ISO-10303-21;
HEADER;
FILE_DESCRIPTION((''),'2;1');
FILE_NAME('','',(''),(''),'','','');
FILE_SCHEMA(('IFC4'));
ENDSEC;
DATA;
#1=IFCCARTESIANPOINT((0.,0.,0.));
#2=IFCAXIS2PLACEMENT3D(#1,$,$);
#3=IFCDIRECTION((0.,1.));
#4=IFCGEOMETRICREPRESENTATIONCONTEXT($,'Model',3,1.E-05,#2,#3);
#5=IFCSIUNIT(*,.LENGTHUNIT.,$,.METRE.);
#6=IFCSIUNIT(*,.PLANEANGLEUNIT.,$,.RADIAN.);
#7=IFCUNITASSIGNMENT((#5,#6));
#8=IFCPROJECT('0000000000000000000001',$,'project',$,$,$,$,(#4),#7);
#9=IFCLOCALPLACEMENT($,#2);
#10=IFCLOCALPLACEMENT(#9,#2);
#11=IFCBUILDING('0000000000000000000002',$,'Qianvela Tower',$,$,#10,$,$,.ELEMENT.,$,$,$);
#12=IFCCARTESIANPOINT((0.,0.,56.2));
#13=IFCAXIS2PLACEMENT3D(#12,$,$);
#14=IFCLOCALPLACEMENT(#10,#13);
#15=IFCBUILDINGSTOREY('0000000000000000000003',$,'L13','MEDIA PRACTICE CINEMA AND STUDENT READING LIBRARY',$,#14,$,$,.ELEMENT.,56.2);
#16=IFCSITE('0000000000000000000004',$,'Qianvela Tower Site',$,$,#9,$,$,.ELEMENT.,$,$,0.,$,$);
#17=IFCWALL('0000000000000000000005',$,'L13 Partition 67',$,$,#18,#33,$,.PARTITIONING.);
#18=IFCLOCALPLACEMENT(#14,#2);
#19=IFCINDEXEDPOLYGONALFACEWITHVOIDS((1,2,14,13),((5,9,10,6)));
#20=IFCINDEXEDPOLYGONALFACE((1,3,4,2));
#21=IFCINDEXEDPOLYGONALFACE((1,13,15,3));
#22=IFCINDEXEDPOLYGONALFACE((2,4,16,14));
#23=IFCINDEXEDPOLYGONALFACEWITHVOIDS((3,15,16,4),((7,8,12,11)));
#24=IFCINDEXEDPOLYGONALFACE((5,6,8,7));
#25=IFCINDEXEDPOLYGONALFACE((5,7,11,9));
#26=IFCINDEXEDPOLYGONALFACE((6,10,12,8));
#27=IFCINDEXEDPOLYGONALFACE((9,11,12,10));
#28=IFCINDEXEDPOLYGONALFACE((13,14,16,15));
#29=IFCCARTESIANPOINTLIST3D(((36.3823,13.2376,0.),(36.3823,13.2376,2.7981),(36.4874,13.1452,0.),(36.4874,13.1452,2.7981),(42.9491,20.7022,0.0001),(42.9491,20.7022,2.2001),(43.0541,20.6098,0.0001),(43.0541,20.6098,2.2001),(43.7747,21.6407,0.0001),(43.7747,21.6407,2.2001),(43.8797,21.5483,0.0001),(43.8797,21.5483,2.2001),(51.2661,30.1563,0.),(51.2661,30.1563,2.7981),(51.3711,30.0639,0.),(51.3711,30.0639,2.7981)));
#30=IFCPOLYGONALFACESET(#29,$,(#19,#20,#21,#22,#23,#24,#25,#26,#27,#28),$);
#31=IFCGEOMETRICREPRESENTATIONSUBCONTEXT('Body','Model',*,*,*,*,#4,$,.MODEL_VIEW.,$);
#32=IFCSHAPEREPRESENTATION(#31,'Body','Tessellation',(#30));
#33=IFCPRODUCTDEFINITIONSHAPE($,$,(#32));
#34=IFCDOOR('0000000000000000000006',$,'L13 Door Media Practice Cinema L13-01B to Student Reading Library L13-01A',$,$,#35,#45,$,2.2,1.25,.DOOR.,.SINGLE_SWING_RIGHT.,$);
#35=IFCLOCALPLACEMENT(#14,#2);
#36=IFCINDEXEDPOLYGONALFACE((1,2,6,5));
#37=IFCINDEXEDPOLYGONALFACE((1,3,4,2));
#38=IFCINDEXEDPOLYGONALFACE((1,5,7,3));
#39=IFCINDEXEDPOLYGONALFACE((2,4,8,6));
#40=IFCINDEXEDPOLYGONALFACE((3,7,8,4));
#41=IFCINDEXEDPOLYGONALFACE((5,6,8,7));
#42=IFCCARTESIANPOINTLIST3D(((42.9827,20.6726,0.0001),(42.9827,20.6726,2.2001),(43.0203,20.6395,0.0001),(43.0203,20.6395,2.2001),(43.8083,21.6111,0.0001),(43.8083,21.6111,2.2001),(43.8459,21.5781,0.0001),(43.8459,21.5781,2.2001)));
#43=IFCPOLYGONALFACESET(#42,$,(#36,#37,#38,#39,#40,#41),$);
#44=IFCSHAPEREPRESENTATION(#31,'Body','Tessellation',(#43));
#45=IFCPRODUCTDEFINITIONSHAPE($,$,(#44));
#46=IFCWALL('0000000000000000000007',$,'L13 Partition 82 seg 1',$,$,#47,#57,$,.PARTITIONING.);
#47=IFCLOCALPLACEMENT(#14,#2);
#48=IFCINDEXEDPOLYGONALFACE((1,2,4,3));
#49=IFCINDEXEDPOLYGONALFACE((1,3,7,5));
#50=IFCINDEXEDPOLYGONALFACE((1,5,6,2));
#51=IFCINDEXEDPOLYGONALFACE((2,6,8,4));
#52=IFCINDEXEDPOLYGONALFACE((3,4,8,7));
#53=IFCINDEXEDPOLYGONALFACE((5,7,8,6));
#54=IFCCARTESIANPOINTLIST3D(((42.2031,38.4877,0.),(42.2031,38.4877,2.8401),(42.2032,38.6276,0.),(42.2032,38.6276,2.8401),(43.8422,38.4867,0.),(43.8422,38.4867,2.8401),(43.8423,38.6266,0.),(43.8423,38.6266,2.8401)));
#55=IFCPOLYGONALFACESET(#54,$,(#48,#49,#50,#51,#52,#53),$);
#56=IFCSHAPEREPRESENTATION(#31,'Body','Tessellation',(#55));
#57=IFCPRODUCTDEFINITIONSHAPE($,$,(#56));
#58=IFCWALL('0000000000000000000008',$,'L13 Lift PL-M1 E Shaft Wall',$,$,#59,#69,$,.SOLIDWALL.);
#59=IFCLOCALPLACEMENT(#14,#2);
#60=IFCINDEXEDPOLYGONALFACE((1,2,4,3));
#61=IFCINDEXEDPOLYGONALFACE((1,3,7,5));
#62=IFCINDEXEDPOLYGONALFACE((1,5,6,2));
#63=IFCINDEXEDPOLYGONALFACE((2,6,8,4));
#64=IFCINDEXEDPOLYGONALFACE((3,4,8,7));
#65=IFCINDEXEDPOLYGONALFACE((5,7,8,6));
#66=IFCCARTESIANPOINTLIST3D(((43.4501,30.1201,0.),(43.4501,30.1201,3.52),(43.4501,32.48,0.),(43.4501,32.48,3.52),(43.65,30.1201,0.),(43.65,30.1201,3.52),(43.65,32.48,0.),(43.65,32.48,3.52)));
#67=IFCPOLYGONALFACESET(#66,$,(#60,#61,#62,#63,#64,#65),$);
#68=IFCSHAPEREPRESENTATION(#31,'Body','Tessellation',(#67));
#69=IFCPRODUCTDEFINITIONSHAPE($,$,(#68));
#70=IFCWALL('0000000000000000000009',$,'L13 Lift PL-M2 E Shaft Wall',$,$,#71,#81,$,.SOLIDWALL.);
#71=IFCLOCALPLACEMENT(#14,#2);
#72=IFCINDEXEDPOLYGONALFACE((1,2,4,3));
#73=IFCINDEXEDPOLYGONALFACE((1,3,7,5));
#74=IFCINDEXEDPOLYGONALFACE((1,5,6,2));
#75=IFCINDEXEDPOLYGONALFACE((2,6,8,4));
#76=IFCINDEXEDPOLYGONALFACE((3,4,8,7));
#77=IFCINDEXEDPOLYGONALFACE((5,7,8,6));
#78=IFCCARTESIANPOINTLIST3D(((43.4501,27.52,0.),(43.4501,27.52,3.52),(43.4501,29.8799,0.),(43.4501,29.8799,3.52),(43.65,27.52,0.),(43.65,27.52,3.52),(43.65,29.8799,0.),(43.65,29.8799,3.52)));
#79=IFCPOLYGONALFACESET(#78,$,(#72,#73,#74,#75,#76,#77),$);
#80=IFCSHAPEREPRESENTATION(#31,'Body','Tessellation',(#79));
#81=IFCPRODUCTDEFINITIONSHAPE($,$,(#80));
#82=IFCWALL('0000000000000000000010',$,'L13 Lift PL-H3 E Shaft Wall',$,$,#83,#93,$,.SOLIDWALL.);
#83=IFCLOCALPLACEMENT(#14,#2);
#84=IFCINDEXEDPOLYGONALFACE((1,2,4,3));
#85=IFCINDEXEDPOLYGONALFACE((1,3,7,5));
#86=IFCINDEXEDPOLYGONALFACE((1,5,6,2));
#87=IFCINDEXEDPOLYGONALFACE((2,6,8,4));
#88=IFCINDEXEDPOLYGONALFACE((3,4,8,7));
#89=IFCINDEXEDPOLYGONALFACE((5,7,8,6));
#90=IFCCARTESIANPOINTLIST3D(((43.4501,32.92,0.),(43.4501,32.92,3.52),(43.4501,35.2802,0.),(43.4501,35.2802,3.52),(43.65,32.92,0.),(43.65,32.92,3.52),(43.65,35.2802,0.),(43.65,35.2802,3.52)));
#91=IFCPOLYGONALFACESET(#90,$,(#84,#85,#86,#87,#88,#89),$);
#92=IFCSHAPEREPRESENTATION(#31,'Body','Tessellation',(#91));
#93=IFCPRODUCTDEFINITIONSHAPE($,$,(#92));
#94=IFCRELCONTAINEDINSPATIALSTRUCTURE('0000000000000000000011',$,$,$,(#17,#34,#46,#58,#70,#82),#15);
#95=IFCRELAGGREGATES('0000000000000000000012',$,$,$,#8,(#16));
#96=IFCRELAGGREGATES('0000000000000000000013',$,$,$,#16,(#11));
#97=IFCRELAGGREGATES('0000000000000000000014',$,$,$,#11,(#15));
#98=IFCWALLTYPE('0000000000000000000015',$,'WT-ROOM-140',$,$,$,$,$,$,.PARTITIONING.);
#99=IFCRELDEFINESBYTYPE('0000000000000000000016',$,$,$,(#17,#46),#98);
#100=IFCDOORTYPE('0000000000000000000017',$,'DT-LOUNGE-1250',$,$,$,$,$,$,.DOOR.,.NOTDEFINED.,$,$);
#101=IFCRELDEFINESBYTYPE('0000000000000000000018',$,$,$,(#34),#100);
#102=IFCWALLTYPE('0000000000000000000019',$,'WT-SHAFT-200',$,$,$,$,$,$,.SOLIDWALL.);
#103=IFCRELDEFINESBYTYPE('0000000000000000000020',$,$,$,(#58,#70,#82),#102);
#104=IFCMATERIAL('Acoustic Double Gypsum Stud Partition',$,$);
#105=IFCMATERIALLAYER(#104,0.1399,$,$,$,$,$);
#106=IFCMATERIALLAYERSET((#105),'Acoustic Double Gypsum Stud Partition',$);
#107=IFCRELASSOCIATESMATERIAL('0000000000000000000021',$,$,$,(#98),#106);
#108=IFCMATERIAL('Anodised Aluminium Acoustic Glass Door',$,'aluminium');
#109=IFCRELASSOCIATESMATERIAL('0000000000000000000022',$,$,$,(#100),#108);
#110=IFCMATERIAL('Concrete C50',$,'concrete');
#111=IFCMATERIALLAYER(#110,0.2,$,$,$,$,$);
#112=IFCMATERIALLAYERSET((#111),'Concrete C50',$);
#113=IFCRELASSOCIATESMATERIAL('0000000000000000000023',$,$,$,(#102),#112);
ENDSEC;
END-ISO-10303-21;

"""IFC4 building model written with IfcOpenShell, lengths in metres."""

from ifc_helpers import new_model, si_unit, direction, frame, frame_2d, origin, place, context, subcontext, project, spatial, rectangle, extrude, material, layer, layer_set, type_object, element, fill, save


model = new_model("IFC4")

# Units and contexts
model_context = context("Model", 3, precision=1e-05, world=origin(), true_north=direction((0.0, 1.0)))
body_context = subcontext(model_context, "Body", "Model", "MODEL_VIEW")
ifc_project = project(units=[si_unit("LENGTHUNIT", "METRE"), si_unit("PLANEANGLEUNIT", "RADIAN")], contexts=[model_context])

# Site, building, storey
site_placement = place(None, origin())
site = spatial("IfcSite", under=ifc_project, at=site_placement, Name="Qianvela Tower Site", CompositionType="ELEMENT", RefElevation=0.0)
building_placement = place(site_placement, origin())
building = spatial("IfcBuilding", under=site, at=building_placement, Name="Qianvela Tower", CompositionType="ELEMENT")
storey_placement = place(building_placement, frame((0.0, 0.0, 56.2)))
storey = spatial("IfcBuildingStorey", under=building, at=storey_placement, Name="L13", Description="MEDIA PRACTICE CINEMA AND STUDENT READING LIBRARY", CompositionType="ELEMENT", Elevation=56.2)

# Wall, opening, door
ifc_material_1 = material(Name="Acoustic Double Gypsum Stud Partition")
ifc_layer_1 = layer(ifc_material_1, 0.1399)
ifc_layer_set_1 = layer_set([ifc_layer_1], Name="Acoustic Double Gypsum Stud Partition")
wall_type_1 = type_object("IfcWallType", Name="WT-ROOM-140", PredefinedType="PARTITIONING", material=ifc_layer_set_1)
wall_1_placement = place(storey_placement, frame((51.3186, 30.1101, 0.0), z_axis=(0.0, 0.0, 1.0), x_axis=(-0.660511, -0.750816, 0.0)))
wall_1 = element("IfcWall", 1, at=wall_1_placement, inside=storey, type_object=wall_type_1, Name="L13 Partition 67", PredefinedType="PARTITIONING", context=body_context, shape_type="SweptSolid", body=[
    extrude(rectangle(XDim=22.5337, YDim=0.1399, at=frame_2d((11.2668, 0.0))), origin(), (0.0, 0.0, 1.0), 2.7981),
])
opening_placement = place(wall_1_placement, frame((11.3418, 0.0, 0.0)))
opening = element("IfcOpeningElement", 2, at=opening_placement, cuts=wall_1, PredefinedType="OPENING", context=body_context, shape_type="SweptSolid", body=[
    extrude(rectangle(XDim=1.25, YDim=2.2, at=frame_2d((0.625, 1.1001))), frame((0.0, 0.0798, 0.0), z_axis=(0.0, -1.0, 0.0), x_axis=(1.0, 0.0, 0.0)), (0.0, 0.0, 1.0), 0.1599),
])
ifc_material_2 = material(Name="Anodised Aluminium Acoustic Glass Door", Category="aluminium")
door_type = type_object("IfcDoorType", Name="DT-LOUNGE-1250", OperationType="NOTDEFINED", PredefinedType="DOOR", material=ifc_material_2)
door_placement = place(opening_placement, origin())
door = element("IfcDoor", 3, at=door_placement, inside=storey, type_object=door_type, Name="L13 Door Media Practice Cinema L13-01B to Student Reading Library L13-01A", OperationType="SINGLE_SWING_RIGHT", OverallHeight=2.2, OverallWidth=1.25, PredefinedType="DOOR", context=body_context, shape_type="SweptSolid", body=[
    extrude(rectangle(XDim=1.25, YDim=2.2, at=frame_2d((0.625, 1.1001))), frame((0.0, 0.0249, 0.0), z_axis=(0.0, -1.0, 0.0), x_axis=(1.0, 0.0, 0.0)), (0.0, 0.0, 1.0), 0.05),
])
fill(opening, door)

# Walls
wall_2_placement = place(storey_placement, frame((43.8423, 38.5566, 0.0), z_axis=(0.0, 0.0, 1.0), x_axis=(-1.0, 0.000596, 0.0)))
element("IfcWall", 4, at=wall_2_placement, inside=storey, type_object=wall_type_1, Name="L13 Partition 82 seg 1", PredefinedType="PARTITIONING", context=body_context, shape_type="SweptSolid", body=[
    extrude(rectangle(XDim=1.6392, YDim=0.1399, at=frame_2d((0.8196, 0.0))), origin(), (0.0, 0.0, 1.0), 2.8401),
])
ifc_material_3 = material(Name="Concrete C50", Category="concrete")
ifc_layer_2 = layer(ifc_material_3, 0.2)
ifc_layer_set_2 = layer_set([ifc_layer_2], Name="Concrete C50")
wall_type_2 = type_object("IfcWallType", Name="WT-SHAFT-200", PredefinedType="SOLIDWALL", material=ifc_layer_set_2)
for number, where, z_axis, x_axis, name in (
    (5, (43.55, 30.1201, 0.0), (0.0, 0.0, 1.0), (0.0, 1.0, 0.0), "L13 Lift PL-M1 E Shaft Wall"),
    (6, (43.55, 27.52, 0.0), (0.0, 0.0, 1.0), (0.0, 1.0, 0.0), "L13 Lift PL-M2 E Shaft Wall"),
):
    element("IfcWall", number, at=place(storey_placement, frame(where, z_axis=z_axis, x_axis=x_axis)), inside=storey, type_object=wall_type_2, Name=name, PredefinedType="SOLIDWALL", context=body_context, shape_type="SweptSolid", body=[
        extrude(rectangle(XDim=2.3599, YDim=0.2, at=frame_2d((1.1799, 0.0))), origin(), (0.0, 0.0, 1.0), 3.52),
    ])
wall_3_placement = place(storey_placement, frame((43.55, 32.9199, 0.0), z_axis=(0.0, 0.0, 1.0), x_axis=(0.0, 1.0, 0.0)))
element("IfcWall", 7, at=wall_3_placement, inside=storey, type_object=wall_type_2, Name="L13 Lift PL-H3 E Shaft Wall", PredefinedType="SOLIDWALL", context=body_context, shape_type="SweptSolid", body=[
    extrude(rectangle(XDim=2.3601, YDim=0.2, at=frame_2d((1.1802, 0.0))), origin(), (0.0, 0.0, 1.0), 3.52),
])

save(model, "model.ifc")
